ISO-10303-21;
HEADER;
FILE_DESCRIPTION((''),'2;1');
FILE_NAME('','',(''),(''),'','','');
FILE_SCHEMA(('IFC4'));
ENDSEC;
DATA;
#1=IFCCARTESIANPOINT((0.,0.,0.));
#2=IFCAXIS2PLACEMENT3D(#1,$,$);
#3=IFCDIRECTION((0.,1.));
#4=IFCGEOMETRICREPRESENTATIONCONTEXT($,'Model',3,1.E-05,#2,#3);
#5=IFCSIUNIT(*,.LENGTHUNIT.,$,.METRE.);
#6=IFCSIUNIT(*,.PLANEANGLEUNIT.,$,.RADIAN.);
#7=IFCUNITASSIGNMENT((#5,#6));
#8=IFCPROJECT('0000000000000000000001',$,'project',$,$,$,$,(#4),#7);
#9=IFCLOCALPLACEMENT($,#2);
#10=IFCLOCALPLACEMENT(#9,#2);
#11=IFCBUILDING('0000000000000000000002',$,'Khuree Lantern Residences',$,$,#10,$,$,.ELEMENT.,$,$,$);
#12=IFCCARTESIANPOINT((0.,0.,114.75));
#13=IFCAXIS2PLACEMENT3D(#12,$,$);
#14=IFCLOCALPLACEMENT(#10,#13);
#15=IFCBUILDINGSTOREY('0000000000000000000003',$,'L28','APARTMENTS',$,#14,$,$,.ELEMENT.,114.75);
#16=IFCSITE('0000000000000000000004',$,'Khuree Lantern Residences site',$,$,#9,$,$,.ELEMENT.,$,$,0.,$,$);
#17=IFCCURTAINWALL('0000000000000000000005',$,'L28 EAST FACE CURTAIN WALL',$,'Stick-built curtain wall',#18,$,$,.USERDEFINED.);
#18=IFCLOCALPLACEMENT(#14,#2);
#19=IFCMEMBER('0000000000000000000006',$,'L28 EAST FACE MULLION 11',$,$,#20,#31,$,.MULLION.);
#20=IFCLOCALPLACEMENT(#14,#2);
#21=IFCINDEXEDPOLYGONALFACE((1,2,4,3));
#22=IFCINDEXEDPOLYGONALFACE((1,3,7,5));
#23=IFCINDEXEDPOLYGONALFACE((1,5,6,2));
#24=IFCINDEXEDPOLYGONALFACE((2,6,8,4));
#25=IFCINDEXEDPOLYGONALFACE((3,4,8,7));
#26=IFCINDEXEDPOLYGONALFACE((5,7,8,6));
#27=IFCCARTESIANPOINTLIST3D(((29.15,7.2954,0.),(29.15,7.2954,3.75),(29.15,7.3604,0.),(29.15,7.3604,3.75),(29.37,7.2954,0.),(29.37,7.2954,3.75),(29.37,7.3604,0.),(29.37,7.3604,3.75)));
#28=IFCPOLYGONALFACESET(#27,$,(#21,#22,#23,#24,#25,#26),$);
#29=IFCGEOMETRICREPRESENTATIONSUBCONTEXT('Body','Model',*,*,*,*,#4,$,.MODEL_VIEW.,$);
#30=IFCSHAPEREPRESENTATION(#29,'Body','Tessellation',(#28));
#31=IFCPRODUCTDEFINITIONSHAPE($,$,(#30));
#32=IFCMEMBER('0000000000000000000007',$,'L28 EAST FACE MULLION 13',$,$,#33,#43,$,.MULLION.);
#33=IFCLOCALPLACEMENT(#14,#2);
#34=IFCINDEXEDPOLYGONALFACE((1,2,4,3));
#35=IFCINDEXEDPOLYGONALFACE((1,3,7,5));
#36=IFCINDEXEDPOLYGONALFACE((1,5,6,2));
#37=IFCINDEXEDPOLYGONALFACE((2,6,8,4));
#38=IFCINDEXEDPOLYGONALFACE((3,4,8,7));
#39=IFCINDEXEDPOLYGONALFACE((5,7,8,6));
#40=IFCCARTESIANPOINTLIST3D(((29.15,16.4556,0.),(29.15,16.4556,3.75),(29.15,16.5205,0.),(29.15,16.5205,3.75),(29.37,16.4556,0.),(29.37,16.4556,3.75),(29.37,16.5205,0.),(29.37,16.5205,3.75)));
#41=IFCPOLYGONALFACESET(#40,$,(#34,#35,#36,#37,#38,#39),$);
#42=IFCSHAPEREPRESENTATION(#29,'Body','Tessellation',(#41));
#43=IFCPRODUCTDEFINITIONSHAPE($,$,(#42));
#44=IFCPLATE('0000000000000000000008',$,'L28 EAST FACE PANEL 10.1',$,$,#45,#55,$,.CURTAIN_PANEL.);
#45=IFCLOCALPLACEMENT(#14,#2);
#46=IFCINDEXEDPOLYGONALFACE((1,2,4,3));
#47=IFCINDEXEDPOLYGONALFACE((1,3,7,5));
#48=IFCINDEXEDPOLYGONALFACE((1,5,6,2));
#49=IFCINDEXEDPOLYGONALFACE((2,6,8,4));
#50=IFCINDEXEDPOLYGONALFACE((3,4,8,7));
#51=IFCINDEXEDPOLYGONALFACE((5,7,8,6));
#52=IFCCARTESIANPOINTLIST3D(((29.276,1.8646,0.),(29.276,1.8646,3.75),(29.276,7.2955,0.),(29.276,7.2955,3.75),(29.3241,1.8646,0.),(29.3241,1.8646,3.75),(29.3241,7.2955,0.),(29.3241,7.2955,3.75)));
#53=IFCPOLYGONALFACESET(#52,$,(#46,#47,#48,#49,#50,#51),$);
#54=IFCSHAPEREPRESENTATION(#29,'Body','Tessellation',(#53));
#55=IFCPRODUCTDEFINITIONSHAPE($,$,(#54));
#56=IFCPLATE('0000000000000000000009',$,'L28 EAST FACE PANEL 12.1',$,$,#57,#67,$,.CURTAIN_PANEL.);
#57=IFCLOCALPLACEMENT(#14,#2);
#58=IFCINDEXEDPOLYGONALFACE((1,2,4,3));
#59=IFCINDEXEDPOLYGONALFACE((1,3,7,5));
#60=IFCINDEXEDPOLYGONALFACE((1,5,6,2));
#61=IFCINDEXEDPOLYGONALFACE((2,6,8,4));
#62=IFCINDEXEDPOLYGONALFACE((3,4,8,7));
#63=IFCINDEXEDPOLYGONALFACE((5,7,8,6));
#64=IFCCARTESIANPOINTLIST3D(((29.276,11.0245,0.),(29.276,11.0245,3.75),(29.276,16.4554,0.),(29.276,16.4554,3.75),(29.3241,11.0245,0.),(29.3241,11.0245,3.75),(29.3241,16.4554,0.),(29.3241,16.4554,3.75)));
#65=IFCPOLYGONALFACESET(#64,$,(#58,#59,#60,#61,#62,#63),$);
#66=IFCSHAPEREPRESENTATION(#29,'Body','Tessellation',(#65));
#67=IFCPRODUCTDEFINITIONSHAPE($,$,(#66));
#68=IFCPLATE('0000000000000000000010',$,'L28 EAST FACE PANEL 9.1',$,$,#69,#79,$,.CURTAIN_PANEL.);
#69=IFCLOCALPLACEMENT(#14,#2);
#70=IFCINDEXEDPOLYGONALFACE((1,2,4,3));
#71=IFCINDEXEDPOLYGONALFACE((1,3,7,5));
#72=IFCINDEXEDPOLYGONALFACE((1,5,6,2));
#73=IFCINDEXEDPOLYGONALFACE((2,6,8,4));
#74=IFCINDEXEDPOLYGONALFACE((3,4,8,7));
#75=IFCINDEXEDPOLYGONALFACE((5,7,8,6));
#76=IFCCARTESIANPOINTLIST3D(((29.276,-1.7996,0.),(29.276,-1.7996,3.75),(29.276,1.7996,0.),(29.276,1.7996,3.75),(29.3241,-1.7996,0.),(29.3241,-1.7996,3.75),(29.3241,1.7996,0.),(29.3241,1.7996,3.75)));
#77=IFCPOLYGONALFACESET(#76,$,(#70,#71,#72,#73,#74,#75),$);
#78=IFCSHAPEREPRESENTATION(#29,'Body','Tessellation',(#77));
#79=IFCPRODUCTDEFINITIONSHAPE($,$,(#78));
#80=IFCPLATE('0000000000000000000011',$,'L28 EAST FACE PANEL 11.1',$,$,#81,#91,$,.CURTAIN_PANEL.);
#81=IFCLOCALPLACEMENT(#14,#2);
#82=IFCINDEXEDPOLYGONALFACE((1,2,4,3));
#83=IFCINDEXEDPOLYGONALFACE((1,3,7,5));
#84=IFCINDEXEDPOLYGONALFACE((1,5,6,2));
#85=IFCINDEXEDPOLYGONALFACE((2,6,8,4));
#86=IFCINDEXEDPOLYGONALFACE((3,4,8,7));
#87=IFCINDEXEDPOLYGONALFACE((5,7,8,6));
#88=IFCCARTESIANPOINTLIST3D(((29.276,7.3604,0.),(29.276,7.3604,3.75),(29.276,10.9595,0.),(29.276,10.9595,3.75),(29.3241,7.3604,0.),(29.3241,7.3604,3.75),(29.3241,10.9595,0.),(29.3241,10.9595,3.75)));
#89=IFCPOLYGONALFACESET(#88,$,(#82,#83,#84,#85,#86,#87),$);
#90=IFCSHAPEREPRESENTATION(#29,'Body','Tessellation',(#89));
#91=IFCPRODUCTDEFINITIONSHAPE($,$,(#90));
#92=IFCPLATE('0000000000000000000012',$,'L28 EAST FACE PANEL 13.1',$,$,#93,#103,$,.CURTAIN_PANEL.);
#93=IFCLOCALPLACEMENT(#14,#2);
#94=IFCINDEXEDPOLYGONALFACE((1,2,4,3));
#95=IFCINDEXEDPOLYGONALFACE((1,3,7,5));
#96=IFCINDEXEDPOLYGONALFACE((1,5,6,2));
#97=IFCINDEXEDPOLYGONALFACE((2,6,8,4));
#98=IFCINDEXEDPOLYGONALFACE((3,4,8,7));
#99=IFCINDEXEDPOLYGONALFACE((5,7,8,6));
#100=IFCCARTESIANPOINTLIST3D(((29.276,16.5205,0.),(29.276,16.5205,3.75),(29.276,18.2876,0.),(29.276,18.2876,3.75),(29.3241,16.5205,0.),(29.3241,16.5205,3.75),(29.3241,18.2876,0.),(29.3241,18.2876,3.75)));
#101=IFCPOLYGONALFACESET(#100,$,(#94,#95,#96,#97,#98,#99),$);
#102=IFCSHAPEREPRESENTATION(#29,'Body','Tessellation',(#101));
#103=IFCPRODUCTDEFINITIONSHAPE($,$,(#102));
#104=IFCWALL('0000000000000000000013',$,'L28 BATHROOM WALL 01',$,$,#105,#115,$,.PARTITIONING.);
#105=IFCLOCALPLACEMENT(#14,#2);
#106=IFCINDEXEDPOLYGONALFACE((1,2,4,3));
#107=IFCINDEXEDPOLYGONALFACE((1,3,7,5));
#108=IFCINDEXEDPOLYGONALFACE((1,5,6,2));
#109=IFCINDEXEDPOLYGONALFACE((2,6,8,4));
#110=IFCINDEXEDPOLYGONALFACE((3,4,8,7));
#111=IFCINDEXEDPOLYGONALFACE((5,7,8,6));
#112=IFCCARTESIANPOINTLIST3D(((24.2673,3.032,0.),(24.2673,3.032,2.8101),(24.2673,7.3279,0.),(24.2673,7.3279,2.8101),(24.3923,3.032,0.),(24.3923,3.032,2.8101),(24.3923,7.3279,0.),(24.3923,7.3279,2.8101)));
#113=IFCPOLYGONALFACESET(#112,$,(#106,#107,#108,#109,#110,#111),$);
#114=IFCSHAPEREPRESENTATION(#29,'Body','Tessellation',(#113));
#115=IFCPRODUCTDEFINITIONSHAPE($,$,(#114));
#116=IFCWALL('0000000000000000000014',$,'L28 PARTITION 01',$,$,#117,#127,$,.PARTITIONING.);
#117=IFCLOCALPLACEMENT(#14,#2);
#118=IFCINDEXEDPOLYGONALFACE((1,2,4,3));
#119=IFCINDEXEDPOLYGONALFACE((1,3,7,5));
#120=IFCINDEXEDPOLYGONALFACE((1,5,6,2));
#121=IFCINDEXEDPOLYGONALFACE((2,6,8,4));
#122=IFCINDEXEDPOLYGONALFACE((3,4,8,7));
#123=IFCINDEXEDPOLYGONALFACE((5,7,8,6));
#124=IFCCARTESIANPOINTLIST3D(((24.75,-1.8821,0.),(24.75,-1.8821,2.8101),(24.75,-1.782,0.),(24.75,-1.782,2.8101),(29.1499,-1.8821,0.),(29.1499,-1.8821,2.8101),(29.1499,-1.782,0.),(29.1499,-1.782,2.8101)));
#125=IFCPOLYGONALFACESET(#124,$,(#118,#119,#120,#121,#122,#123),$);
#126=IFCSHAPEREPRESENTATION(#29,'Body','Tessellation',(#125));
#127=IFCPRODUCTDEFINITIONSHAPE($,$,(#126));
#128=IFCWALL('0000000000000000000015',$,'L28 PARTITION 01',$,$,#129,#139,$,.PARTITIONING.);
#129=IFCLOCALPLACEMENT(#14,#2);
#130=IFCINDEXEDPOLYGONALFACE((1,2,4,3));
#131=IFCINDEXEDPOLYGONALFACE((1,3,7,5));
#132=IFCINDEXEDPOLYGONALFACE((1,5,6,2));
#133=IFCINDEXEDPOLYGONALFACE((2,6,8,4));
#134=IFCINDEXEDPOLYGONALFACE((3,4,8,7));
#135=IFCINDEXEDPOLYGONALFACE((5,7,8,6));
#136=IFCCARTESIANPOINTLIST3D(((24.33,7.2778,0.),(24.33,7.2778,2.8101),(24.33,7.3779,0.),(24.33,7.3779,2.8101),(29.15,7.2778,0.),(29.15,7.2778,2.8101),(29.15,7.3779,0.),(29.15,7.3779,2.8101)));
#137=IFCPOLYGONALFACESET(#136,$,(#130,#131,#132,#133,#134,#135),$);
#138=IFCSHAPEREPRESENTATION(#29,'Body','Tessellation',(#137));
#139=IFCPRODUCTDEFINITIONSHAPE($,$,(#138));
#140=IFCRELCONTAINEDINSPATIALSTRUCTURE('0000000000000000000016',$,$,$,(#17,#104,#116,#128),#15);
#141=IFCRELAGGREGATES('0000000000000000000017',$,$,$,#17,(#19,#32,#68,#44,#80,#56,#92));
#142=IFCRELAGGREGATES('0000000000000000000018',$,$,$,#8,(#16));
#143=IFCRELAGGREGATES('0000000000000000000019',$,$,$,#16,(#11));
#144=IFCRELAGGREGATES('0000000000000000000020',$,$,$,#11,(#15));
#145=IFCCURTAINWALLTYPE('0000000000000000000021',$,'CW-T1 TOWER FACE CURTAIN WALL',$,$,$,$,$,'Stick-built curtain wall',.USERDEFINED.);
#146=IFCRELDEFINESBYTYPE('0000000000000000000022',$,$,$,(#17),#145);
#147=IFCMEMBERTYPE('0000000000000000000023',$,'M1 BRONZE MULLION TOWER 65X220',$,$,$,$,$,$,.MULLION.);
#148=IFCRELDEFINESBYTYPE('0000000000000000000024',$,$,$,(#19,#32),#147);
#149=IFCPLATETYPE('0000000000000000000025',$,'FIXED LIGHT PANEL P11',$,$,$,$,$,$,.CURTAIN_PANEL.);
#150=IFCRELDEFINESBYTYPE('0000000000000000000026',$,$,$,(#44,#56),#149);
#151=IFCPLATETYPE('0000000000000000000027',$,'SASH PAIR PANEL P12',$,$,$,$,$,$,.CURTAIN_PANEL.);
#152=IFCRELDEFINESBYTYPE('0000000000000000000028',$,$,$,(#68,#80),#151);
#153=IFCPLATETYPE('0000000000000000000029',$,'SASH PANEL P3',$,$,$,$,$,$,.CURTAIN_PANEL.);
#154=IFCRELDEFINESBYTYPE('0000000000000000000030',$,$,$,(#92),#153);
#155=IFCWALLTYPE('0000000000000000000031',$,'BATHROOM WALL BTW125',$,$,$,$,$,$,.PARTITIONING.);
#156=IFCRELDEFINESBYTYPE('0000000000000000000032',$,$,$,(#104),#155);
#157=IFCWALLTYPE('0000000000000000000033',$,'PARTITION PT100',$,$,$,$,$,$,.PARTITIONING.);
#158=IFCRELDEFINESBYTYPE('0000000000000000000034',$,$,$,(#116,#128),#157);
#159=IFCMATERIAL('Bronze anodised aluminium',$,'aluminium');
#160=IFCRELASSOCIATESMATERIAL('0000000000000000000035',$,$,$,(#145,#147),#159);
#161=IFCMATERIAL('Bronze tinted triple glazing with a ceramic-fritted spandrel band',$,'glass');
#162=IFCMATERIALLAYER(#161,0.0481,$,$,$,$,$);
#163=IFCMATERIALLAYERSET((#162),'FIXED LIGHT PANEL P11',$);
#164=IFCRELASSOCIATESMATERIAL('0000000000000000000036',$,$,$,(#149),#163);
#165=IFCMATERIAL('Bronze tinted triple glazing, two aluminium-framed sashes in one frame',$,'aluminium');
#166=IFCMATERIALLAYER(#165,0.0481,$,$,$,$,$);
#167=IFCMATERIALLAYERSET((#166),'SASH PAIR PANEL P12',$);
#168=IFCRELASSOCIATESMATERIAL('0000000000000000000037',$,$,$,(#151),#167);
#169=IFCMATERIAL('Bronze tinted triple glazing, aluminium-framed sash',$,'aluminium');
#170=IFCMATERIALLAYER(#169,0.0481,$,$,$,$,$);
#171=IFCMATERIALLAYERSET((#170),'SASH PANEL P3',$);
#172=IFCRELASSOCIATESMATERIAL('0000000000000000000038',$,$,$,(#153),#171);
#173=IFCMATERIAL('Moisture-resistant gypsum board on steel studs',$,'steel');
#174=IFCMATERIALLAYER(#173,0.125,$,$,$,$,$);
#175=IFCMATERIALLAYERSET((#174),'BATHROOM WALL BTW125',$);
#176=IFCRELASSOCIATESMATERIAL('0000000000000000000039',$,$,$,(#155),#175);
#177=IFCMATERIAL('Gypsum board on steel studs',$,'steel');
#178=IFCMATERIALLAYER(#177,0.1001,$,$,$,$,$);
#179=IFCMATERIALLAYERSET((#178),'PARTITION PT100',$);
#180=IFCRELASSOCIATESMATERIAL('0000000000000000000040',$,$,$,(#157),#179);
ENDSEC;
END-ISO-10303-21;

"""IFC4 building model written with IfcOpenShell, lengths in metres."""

from ifc_helpers import new_model, si_unit, direction, frame, frame_2d, origin, origin_2d, place, context, subcontext, project, spatial, rectangle, extrude, material, layer, layer_set, material_profile, profile_set, type_object, element, aggregate, save


model = new_model("IFC4")

# Units and contexts
model_context = context("Model", 3, precision=1e-05, world=origin(), true_north=direction((0.0, 1.0)))
body_context = subcontext(model_context, "Body", "Model", "MODEL_VIEW")
ifc_project = project(units=[si_unit("LENGTHUNIT", "METRE"), si_unit("PLANEANGLEUNIT", "RADIAN")], contexts=[model_context])

# Site, building, storey
site_placement = place(None, origin())
site = spatial("IfcSite", under=ifc_project, at=site_placement, Name="Khuree Lantern Residences site", CompositionType="ELEMENT", RefElevation=0.0)
building_placement = place(site_placement, origin())
building = spatial("IfcBuilding", under=site, at=building_placement, Name="Khuree Lantern Residences", CompositionType="ELEMENT")
storey_placement = place(building_placement, frame((0.0, 0.0, 114.75)))
storey = spatial("IfcBuildingStorey", under=building, at=storey_placement, Name="L28", Description="APARTMENTS", CompositionType="ELEMENT", Elevation=114.75)

# Curtain wall
ifc_material_1 = material(Name="Bronze anodised aluminium", Category="aluminium")
curtain_wall_type = type_object("IfcCurtainWallType", Name="CW-T1 TOWER FACE CURTAIN WALL", ElementType="Stick-built curtain wall", PredefinedType="USERDEFINED", material=ifc_material_1)
curtain_wall_placement = place(storey_placement, origin())
curtain_wall = element("IfcCurtainWall", 1, at=curtain_wall_placement, inside=storey, type_object=curtain_wall_type, Name="L28 EAST FACE CURTAIN WALL", ObjectType="Stick-built curtain wall", PredefinedType="USERDEFINED")

# Members
ifc_material_profile_1 = material_profile(ifc_material_1, rectangle(XDim=0.0649, YDim=0.22, at=origin_2d()), Name="M1 65X220")
ifc_profile_set_1 = profile_set([ifc_material_profile_1], Name="Bronze anodised aluminium")
member_type_1 = type_object("IfcMemberType", Name="M1 BRONZE MULLION TOWER 65X220", PredefinedType="MULLION", material=ifc_profile_set_1)
member_1_placement = place(storey_placement, frame((29.26, 7.3279, 0.0), z_axis=(0.0, 0.0, 1.0), x_axis=(0.0, 1.0, 0.0)))
member_1 = element("IfcMember", 2, at=member_1_placement, type_object=member_type_1, Name="L28 EAST FACE MULLION 11", PredefinedType="MULLION", context=body_context, shape_type="SweptSolid", body=[
    extrude(rectangle(XDim=0.0649, YDim=0.22, at=origin_2d()), origin(), (0.0, 0.0, 1.0), 3.75),
])
member_2_placement = place(storey_placement, frame((29.26, 16.488, 0.0), z_axis=(0.0, 0.0, 1.0), x_axis=(0.0, 1.0, 0.0)))
member_2 = element("IfcMember", 3, at=member_2_placement, type_object=member_type_1, Name="L28 EAST FACE MULLION 13", PredefinedType="MULLION", context=body_context, shape_type="SweptSolid", body=[
    extrude(rectangle(XDim=0.0649, YDim=0.22, at=origin_2d()), origin(), (0.0, 0.0, 1.0), 3.75),
])

# Plates
ifc_material_2 = material(Name="Bronze tinted triple glazing with a ceramic-fritted spandrel band", Category="glass")
ifc_layer_1 = layer(ifc_material_2, 0.0481)
ifc_layer_set_1 = layer_set([ifc_layer_1], Name="FIXED LIGHT PANEL P11")
plate_type_1 = type_object("IfcPlateType", Name="FIXED LIGHT PANEL P11", PredefinedType="CURTAIN_PANEL", material=ifc_layer_set_1)
plate_1_placement = place(storey_placement, frame((29.3, 4.5801, 0.0), z_axis=(0.0, 0.0, 1.0), x_axis=(0.0, 1.0, 0.0)))
plate_1 = element("IfcPlate", 4, at=plate_1_placement, type_object=plate_type_1, Name="L28 EAST FACE PANEL 10.1", PredefinedType="CURTAIN_PANEL", context=body_context, shape_type="SweptSolid", body=[
    extrude(rectangle(XDim=5.4309, YDim=0.0481, at=origin_2d()), origin(), (0.0, 0.0, 1.0), 3.75),
])
plate_2_placement = place(storey_placement, frame((29.3, 13.74, 0.0), z_axis=(0.0, 0.0, 1.0), x_axis=(0.0, 1.0, 0.0)))
plate_2 = element("IfcPlate", 5, at=plate_2_placement, type_object=plate_type_1, Name="L28 EAST FACE PANEL 12.1", PredefinedType="CURTAIN_PANEL", context=body_context, shape_type="SweptSolid", body=[
    extrude(rectangle(XDim=5.4309, YDim=0.0481, at=origin_2d()), origin(), (0.0, 0.0, 1.0), 3.75),
])
ifc_material_3 = material(Name="Bronze tinted triple glazing, two aluminium-framed sashes in one frame", Category="aluminium")
ifc_layer_2 = layer(ifc_material_3, 0.0481)
ifc_layer_set_2 = layer_set([ifc_layer_2], Name="SASH PAIR PANEL P12")
plate_type_2 = type_object("IfcPlateType", Name="SASH PAIR PANEL P12", PredefinedType="CURTAIN_PANEL", material=ifc_layer_set_2)
plate_3_placement = place(storey_placement, frame((29.3, 0.0, 0.0), z_axis=(0.0, 0.0, 1.0), x_axis=(0.0, 1.0, 0.0)))
plate_3 = element("IfcPlate", 6, at=plate_3_placement, type_object=plate_type_2, Name="L28 EAST FACE PANEL 9.1", PredefinedType="CURTAIN_PANEL", context=body_context, shape_type="SweptSolid", body=[
    extrude(rectangle(XDim=3.5991, YDim=0.0481, at=origin_2d()), origin(), (0.0, 0.0, 1.0), 3.75),
])
plate_4_placement = place(storey_placement, frame((29.3, 9.1599, 0.0), z_axis=(0.0, 0.0, 1.0), x_axis=(0.0, 1.0, 0.0)))
plate_4 = element("IfcPlate", 7, at=plate_4_placement, type_object=plate_type_2, Name="L28 EAST FACE PANEL 11.1", PredefinedType="CURTAIN_PANEL", context=body_context, shape_type="SweptSolid", body=[
    extrude(rectangle(XDim=3.5991, YDim=0.0481, at=origin_2d()), origin(), (0.0, 0.0, 1.0), 3.75),
])
ifc_material_4 = material(Name="Bronze tinted triple glazing, aluminium-framed sash", Category="aluminium")
ifc_layer_3 = layer(ifc_material_4, 0.0481)
ifc_layer_set_3 = layer_set([ifc_layer_3], Name="SASH PANEL P3")
plate_type_3 = type_object("IfcPlateType", Name="SASH PANEL P3", PredefinedType="CURTAIN_PANEL", material=ifc_layer_set_3)
plate_5_placement = place(storey_placement, frame((29.3, 17.4041, 0.0), z_axis=(0.0, 0.0, 1.0), x_axis=(0.0, 1.0, 0.0)))
plate_5 = element("IfcPlate", 8, at=plate_5_placement, type_object=plate_type_3, Name="L28 EAST FACE PANEL 13.1", PredefinedType="CURTAIN_PANEL", context=body_context, shape_type="SweptSolid", body=[
    extrude(rectangle(XDim=1.7671, YDim=0.0481, at=origin_2d()), origin(), (0.0, 0.0, 1.0), 3.75),
])
aggregate(curtain_wall, [member_1, member_2, plate_3, plate_1, plate_4, plate_2, plate_5])

# Walls
ifc_material_5 = material(Name="Moisture-resistant gypsum board on steel studs", Category="steel")
ifc_layer_4 = layer(ifc_material_5, 0.125)
ifc_layer_set_4 = layer_set([ifc_layer_4], Name="BATHROOM WALL BTW125")
wall_type_1 = type_object("IfcWallType", Name="BATHROOM WALL BTW125", PredefinedType="PARTITIONING", material=ifc_layer_set_4)
wall_1_placement = place(storey_placement, frame((24.3298, 3.032, 0.0), z_axis=(0.0, 0.0, 1.0), x_axis=(0.0, 1.0, 0.0)))
element("IfcWall", 9, at=wall_1_placement, inside=storey, type_object=wall_type_1, Name="L28 BATHROOM WALL 01", PredefinedType="PARTITIONING", context=body_context, shape_type="SweptSolid", body=[
    extrude(rectangle(XDim=4.2959, YDim=0.125, at=frame_2d((2.1479, 0.0))), origin(), (0.0, 0.0, 1.0), 2.8101),
])
ifc_material_6 = material(Name="Gypsum board on steel studs", Category="steel")
ifc_layer_5 = layer(ifc_material_6, 0.1001)
ifc_layer_set_5 = layer_set([ifc_layer_5], Name="PARTITION PT100")
wall_type_2 = type_object("IfcWallType", Name="PARTITION PT100", PredefinedType="PARTITIONING", material=ifc_layer_set_5)
wall_2_placement = place(storey_placement, frame((24.75, -1.832, 0.0), z_axis=(0.0, 0.0, 1.0), x_axis=(1.0, 0.0, 0.0)))
element("IfcWall", 10, at=wall_2_placement, inside=storey, type_object=wall_type_2, Name="L28 PARTITION 01", PredefinedType="PARTITIONING", context=body_context, shape_type="SweptSolid", body=[
    extrude(rectangle(XDim=4.3999, YDim=0.1001, at=frame_2d((2.2, 0.0))), origin(), (0.0, 0.0, 1.0), 2.8101),
])
wall_3_placement = place(storey_placement, frame((24.3298, 7.3279, 0.0), z_axis=(0.0, 0.0, 1.0), x_axis=(1.0, 0.0, 0.0)))
element("IfcWall", 11, at=wall_3_placement, inside=storey, type_object=wall_type_2, Name="L28 PARTITION 01", PredefinedType="PARTITIONING", context=body_context, shape_type="SweptSolid", body=[
    extrude(rectangle(XDim=4.8201, YDim=0.1001, at=frame_2d((2.4102, 0.0))), origin(), (0.0, 0.0, 1.0), 2.8101),
])

save(model, "model.ifc")
